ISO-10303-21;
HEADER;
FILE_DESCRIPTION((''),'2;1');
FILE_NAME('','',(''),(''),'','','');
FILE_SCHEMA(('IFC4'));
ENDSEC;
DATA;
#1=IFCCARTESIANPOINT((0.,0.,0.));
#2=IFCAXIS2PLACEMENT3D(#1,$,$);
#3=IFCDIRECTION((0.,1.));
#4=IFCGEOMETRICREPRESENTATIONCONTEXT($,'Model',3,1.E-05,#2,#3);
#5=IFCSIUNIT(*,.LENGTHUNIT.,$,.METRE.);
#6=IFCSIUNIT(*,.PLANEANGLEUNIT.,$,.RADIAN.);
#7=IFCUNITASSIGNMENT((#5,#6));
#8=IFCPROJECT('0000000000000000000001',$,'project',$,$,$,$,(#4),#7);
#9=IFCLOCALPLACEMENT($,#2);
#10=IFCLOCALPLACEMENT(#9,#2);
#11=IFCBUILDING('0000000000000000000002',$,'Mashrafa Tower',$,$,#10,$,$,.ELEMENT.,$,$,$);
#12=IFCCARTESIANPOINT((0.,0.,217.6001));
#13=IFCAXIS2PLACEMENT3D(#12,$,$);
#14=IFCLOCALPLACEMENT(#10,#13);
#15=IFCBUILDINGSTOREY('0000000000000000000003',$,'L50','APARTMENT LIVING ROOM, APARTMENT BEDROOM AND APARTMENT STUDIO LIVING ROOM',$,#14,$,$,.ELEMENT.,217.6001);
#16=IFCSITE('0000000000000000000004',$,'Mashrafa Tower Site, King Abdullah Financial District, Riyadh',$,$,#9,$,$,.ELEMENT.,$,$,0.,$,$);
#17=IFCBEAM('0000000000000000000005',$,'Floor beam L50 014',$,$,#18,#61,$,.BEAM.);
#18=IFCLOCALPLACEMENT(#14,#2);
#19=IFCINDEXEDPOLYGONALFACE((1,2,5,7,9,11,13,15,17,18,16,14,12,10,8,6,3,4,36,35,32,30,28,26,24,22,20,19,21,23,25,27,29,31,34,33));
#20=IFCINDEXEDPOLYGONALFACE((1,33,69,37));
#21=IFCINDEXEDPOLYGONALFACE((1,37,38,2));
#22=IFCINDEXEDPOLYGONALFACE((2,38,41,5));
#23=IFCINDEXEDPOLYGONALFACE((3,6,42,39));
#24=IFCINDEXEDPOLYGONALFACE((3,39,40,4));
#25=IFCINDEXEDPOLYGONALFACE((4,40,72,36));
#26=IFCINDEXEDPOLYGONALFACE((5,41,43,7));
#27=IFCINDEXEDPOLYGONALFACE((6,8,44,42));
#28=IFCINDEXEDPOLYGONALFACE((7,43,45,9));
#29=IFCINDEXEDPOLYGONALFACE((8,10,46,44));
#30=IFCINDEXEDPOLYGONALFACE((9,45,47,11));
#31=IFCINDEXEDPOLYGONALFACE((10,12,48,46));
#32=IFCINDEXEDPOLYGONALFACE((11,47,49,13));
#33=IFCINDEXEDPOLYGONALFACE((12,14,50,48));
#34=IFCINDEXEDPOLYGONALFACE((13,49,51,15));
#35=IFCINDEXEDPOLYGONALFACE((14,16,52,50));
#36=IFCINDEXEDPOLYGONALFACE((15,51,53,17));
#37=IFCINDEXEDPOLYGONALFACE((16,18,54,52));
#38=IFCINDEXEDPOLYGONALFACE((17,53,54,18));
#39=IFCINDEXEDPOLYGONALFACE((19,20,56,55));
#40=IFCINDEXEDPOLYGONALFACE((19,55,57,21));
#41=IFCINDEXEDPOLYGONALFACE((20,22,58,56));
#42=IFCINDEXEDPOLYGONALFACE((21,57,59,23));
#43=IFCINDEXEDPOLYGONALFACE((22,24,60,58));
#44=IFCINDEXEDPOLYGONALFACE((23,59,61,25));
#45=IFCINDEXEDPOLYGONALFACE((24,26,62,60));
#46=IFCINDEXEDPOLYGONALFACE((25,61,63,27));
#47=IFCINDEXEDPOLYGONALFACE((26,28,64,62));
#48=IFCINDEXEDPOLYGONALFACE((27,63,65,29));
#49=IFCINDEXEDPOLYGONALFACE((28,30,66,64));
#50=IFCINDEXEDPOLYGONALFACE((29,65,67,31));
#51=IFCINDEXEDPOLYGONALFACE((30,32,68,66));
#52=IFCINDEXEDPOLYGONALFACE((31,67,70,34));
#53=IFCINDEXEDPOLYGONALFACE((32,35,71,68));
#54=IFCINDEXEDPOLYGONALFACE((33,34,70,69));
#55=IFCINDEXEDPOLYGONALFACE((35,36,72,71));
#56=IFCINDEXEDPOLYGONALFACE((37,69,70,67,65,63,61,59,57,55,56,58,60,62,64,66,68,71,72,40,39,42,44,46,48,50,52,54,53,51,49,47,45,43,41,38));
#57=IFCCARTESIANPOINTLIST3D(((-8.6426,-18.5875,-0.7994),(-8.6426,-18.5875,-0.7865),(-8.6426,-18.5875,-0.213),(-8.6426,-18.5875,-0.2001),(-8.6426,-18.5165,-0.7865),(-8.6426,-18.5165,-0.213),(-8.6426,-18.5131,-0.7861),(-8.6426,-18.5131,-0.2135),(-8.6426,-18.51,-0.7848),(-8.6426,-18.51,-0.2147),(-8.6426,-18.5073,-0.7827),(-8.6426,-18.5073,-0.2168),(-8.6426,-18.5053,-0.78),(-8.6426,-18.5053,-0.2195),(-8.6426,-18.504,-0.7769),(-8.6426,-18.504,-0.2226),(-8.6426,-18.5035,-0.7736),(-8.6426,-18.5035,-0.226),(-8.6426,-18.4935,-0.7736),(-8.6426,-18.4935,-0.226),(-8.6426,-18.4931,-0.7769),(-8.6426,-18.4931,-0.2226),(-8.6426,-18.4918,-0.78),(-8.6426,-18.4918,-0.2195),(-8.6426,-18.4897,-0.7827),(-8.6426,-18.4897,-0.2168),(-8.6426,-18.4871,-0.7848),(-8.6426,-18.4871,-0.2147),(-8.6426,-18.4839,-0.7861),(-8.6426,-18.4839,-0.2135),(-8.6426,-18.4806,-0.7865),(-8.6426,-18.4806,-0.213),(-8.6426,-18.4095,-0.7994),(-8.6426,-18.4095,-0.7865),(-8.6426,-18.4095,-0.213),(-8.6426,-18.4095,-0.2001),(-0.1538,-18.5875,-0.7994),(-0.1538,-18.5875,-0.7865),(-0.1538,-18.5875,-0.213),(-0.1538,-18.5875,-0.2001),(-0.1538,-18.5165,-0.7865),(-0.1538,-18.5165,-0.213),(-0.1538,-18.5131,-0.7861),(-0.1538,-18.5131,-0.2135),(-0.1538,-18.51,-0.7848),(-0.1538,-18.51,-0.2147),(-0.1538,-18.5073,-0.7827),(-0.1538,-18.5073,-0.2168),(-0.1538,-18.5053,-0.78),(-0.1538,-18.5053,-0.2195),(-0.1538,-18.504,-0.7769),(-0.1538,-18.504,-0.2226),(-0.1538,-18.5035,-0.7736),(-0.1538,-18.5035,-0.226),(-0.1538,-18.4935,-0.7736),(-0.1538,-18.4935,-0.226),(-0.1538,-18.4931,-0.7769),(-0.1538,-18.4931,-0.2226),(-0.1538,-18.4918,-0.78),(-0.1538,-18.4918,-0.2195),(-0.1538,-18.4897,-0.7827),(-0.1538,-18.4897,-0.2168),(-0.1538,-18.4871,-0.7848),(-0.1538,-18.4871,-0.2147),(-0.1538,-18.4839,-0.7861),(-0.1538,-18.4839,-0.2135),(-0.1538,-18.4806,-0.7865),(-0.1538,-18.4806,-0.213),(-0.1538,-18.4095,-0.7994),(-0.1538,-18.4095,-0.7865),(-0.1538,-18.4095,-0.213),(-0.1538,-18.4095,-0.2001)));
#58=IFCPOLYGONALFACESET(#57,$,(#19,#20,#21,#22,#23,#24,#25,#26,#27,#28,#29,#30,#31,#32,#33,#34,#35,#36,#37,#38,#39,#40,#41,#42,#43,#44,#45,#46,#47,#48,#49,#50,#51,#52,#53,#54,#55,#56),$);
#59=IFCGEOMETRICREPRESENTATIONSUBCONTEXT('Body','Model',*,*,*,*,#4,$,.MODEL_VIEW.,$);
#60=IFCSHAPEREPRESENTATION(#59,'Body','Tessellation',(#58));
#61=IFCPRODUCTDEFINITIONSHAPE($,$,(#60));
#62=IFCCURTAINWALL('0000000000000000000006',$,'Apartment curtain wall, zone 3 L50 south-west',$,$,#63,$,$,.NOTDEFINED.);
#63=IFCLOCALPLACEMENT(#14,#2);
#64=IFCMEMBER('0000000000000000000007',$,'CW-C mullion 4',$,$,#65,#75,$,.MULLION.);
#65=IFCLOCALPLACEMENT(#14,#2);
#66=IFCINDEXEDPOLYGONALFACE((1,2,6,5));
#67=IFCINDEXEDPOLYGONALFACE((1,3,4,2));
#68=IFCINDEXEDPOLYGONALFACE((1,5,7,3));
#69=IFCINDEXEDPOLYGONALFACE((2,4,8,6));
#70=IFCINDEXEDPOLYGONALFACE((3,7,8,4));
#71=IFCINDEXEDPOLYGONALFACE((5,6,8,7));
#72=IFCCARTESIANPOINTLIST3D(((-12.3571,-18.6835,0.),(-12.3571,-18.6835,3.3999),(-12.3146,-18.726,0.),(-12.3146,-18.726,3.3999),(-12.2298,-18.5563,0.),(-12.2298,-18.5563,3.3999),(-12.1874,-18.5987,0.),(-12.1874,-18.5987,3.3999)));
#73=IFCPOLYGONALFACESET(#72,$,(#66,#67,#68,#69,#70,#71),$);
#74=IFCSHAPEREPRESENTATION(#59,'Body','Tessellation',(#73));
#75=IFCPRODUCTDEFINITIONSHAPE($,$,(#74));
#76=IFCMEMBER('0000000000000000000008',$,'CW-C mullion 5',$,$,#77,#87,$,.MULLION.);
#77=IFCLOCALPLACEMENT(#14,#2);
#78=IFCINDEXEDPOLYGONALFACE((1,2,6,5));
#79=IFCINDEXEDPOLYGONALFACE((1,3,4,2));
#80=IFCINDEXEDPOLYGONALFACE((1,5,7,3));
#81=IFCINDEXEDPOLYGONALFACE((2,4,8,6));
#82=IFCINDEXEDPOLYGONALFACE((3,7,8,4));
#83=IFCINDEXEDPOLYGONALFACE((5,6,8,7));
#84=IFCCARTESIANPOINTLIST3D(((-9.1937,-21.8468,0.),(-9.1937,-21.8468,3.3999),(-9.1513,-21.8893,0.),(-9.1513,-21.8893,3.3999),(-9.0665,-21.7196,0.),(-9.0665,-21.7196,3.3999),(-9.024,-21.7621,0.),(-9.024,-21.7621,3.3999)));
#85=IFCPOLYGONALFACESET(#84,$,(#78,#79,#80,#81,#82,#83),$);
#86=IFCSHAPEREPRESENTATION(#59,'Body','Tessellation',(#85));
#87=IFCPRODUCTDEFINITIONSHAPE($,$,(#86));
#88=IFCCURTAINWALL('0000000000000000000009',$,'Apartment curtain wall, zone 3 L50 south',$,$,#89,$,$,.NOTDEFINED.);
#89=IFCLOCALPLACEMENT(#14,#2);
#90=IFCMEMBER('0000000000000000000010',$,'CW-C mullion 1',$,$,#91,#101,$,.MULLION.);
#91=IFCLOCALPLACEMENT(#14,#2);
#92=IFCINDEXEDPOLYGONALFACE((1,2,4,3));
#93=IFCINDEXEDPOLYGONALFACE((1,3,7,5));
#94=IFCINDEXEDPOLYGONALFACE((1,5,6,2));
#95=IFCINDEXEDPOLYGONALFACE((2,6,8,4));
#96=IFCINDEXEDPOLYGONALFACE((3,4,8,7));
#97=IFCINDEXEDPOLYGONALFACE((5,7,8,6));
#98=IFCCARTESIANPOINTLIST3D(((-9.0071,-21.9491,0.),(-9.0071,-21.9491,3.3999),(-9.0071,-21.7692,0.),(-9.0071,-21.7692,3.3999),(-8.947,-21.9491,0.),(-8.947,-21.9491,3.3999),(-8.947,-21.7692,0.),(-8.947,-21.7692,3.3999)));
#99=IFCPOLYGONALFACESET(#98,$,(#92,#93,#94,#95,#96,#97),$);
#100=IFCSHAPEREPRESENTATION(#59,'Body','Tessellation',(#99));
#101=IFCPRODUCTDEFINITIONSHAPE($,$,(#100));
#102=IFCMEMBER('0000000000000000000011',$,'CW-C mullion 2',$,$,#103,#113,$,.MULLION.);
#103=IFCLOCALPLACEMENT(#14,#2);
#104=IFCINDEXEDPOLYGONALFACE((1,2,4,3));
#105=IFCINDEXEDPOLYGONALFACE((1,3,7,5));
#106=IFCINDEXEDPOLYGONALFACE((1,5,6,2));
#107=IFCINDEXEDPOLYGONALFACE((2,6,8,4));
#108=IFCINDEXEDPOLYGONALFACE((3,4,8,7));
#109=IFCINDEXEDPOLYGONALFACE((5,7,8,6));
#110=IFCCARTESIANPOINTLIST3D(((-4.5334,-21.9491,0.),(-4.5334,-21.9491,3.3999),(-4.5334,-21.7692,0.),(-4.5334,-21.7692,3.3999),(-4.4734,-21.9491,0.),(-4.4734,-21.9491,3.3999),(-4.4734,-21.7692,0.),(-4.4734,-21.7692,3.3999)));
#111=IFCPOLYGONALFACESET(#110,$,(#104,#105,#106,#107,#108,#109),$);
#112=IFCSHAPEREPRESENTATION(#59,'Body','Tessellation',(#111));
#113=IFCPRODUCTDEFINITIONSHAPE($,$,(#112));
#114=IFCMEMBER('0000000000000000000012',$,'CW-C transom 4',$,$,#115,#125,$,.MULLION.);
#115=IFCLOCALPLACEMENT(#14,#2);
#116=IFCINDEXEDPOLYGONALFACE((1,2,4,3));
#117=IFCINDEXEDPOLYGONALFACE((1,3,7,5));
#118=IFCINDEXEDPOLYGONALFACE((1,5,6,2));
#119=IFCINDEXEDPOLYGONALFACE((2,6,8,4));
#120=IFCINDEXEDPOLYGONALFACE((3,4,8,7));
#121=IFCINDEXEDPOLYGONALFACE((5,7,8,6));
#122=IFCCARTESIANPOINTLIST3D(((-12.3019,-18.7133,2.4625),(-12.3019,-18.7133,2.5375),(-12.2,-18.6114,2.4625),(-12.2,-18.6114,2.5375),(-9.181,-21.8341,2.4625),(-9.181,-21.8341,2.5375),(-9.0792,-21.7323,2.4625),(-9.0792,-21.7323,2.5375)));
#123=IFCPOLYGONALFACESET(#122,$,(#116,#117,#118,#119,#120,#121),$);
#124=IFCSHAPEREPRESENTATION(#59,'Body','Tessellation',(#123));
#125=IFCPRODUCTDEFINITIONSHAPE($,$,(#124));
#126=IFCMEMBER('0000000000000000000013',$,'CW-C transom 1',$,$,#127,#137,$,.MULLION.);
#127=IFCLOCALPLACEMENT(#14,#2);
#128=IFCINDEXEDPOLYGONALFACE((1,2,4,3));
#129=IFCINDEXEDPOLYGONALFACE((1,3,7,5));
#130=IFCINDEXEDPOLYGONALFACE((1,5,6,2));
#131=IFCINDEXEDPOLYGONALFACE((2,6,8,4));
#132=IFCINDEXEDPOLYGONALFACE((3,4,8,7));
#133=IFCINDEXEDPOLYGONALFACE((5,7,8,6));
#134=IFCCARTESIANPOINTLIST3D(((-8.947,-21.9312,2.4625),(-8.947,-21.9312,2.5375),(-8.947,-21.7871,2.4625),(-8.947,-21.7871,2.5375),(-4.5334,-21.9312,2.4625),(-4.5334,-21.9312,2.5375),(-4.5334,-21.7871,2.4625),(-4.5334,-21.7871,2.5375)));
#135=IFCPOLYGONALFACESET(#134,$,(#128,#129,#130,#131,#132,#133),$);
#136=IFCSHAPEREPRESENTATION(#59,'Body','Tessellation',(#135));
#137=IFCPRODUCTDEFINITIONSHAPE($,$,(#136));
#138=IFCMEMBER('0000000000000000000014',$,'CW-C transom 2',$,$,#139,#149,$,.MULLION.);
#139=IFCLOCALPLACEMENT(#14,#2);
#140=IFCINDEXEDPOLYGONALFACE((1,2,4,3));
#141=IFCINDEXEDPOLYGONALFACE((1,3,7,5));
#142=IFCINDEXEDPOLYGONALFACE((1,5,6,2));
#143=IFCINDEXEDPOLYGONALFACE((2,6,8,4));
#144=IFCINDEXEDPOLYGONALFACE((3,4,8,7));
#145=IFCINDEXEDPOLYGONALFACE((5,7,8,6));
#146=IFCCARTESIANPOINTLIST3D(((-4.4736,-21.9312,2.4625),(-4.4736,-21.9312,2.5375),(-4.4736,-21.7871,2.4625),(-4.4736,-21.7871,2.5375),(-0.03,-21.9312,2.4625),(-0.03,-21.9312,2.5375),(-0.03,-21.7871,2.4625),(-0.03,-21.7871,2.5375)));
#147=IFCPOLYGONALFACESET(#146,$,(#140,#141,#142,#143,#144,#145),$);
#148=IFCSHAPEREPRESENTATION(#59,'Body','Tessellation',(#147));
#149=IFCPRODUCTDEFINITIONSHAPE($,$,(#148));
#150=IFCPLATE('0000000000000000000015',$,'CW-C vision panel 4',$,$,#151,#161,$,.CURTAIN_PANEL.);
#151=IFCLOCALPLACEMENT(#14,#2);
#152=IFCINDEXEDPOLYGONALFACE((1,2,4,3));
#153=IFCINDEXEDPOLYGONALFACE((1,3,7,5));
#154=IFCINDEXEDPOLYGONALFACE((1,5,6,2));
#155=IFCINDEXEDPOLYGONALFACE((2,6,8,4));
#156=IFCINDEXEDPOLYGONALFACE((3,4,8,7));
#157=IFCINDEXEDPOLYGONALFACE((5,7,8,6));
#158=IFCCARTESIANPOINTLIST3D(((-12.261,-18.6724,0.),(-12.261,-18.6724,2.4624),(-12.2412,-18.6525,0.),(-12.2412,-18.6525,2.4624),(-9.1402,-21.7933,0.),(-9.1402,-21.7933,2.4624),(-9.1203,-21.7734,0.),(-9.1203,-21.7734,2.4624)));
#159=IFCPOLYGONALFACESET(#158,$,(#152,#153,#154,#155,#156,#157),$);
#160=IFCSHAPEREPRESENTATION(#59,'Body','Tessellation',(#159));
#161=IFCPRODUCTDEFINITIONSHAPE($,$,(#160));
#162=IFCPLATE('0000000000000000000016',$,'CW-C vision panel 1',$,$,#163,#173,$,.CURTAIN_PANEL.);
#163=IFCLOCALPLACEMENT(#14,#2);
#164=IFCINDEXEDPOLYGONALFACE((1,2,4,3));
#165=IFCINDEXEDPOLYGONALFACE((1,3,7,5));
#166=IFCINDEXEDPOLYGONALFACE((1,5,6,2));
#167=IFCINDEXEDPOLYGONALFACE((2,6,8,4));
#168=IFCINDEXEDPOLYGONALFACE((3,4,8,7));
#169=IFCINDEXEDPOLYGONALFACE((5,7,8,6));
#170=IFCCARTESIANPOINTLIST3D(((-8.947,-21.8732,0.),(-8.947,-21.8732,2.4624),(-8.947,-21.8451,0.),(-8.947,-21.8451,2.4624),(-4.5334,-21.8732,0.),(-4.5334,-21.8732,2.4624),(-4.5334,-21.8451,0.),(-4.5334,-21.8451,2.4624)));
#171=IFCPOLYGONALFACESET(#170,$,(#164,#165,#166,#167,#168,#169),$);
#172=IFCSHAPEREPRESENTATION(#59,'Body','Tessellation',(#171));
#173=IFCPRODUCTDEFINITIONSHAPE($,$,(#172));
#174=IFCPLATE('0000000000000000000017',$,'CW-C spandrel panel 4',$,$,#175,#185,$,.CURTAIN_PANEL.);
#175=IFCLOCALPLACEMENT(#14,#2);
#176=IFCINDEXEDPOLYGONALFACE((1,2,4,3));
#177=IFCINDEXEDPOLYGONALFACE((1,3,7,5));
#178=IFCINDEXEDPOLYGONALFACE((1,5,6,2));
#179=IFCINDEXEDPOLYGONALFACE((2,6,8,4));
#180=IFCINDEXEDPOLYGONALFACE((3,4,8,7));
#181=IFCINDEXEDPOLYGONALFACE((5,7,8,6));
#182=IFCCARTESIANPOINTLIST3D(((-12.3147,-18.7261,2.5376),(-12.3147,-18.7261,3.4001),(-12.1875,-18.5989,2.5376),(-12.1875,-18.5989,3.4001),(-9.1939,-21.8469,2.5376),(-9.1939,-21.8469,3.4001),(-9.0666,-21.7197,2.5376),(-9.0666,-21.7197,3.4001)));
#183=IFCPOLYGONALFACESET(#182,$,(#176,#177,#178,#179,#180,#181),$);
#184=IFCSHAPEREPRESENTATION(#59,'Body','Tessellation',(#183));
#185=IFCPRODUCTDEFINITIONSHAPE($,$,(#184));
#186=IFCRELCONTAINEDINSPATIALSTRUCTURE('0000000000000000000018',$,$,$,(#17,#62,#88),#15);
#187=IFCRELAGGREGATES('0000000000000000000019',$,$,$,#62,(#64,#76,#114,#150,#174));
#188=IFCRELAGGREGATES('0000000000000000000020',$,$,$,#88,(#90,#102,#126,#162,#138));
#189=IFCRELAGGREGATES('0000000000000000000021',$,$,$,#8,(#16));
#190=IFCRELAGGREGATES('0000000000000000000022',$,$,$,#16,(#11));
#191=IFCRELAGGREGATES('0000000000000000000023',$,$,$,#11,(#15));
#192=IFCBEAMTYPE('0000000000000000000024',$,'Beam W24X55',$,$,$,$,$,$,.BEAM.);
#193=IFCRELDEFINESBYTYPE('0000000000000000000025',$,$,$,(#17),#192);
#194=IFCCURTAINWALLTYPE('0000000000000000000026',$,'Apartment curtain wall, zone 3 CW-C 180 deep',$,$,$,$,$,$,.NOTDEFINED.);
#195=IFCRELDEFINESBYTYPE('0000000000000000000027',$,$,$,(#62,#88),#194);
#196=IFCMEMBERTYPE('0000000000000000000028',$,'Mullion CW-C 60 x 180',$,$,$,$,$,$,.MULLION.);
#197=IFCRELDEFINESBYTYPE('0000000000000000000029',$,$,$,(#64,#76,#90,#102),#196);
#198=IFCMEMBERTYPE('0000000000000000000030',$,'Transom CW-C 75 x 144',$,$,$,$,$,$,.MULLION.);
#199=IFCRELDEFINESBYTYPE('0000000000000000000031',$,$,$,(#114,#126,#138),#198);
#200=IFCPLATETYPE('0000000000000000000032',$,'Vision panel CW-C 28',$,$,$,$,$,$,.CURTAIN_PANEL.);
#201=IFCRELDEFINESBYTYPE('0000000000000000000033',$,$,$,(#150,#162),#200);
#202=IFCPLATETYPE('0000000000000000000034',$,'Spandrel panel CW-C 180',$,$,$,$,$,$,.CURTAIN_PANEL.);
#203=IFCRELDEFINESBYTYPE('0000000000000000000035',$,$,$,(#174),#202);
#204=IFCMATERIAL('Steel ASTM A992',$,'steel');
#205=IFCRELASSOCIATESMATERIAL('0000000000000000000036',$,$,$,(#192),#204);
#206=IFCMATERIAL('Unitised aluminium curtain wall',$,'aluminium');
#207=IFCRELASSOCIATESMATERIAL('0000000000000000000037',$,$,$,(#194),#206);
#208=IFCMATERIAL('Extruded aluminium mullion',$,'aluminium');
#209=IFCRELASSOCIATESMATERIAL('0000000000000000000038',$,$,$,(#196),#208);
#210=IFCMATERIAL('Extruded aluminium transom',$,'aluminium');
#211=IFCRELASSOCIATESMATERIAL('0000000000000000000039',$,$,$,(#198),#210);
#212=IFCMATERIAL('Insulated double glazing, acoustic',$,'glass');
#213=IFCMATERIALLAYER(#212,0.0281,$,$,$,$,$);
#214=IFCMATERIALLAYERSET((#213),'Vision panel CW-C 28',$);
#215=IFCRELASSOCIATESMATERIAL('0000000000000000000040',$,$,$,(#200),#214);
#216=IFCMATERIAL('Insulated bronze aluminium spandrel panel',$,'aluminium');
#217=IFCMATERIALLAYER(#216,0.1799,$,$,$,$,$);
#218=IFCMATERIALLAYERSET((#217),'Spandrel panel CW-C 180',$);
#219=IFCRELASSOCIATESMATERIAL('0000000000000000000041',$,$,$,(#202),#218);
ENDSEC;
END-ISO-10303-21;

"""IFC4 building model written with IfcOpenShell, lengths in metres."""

from ifc_helpers import new_model, si_unit, direction, frame, origin, origin_2d, place, context, subcontext, project, spatial, rectangle, i_section, extrude, source, transform, mapped, material, layer, layer_set, material_profile, profile_set, type_object, type_shapes, element, aggregate, save


model = new_model("IFC4")

# Units and contexts
model_context = context("Model", 3, precision=1e-05, world=origin(), true_north=direction((0.0, 1.0)))
body_context = subcontext(model_context, "Body", "Model", "MODEL_VIEW")
ifc_project = project(units=[si_unit("LENGTHUNIT", "METRE"), si_unit("PLANEANGLEUNIT", "RADIAN")], contexts=[model_context])

# Site, building, storey
site_placement = place(None, origin())
site = spatial("IfcSite", under=ifc_project, at=site_placement, Name="Mashrafa Tower Site, King Abdullah Financial District, Riyadh", CompositionType="ELEMENT", RefElevation=0.0)
building_placement = place(site_placement, origin())
building = spatial("IfcBuilding", under=site, at=building_placement, Name="Mashrafa Tower", CompositionType="ELEMENT")
storey_placement = place(building_placement, frame((0.0, 0.0, 217.6001)))
storey = spatial("IfcBuildingStorey", under=building, at=storey_placement, Name="L50", Description="APARTMENT LIVING ROOM, APARTMENT BEDROOM AND APARTMENT STUDIO LIVING ROOM", CompositionType="ELEMENT", Elevation=217.6001)

# Beam
ifc_material_1 = material(Name="Steel ASTM A992", Category="steel")
ifc_material_profile_1 = material_profile(ifc_material_1, i_section(OverallWidth=0.178, OverallDepth=0.5994, WebThickness=0.01, FlangeThickness=0.0129, FilletRadius=0.0129, at=origin_2d()), Name="W24X55")
ifc_profile_set_1 = profile_set([ifc_material_profile_1], Name="Steel ASTM A992")
beam_type_1 = type_object("IfcBeamType", Name="Beam W24X55", PredefinedType="BEAM", material=ifc_profile_set_1)
beam_1_placement = place(storey_placement, frame((-0.1538, -18.4985, -0.4998), z_axis=(-1.0, 0.0, 0.0), x_axis=(0.0, -1.0, 0.0)))
element("IfcBeam", 1, at=beam_1_placement, inside=storey, type_object=beam_type_1, Name="Floor beam L50 014", PredefinedType="BEAM", context=body_context, shape_type="SweptSolid", body=[
    extrude(i_section(OverallWidth=0.178, OverallDepth=0.5994, WebThickness=0.01, FlangeThickness=0.0129, FilletRadius=0.0129, at=origin_2d()), origin(), (0.0, 0.0, 1.0), 8.4888),
])

# Curtain walls, members
ifc_material_2 = material(Name="Unitised aluminium curtain wall", Category="aluminium")
curtain_wall_type = type_object("IfcCurtainWallType", Name="Apartment curtain wall, zone 3 CW-C 180 deep", PredefinedType="NOTDEFINED", material=ifc_material_2)
curtain_wall_1_placement = place(storey_placement, origin())
curtain_wall_1 = element("IfcCurtainWall", 2, at=curtain_wall_1_placement, inside=storey, type_object=curtain_wall_type, Name="Apartment curtain wall, zone 3 L50 south-west", PredefinedType="NOTDEFINED")
ifc_material_3 = material(Name="Extruded aluminium mullion", Category="aluminium")
ifc_material_profile_2 = material_profile(ifc_material_3, rectangle(XDim=0.1799, YDim=0.0601, at=origin_2d()), Name="Mullion 60x180")
ifc_profile_set_2 = profile_set([ifc_material_profile_2], Name="Extruded aluminium mullion")
member_type_1 = type_object("IfcMemberType", Name="Mullion CW-C 60 x 180", PredefinedType="MULLION", material=ifc_profile_set_2)
shared_shape_1 = source(origin(), body_context, "Body", "SweptSolid", [
    extrude(rectangle(XDim=0.1799, YDim=0.0601, at=origin_2d()), origin(), (0.0, 0.0, 1.0), 3.3999),
])
type_shapes(member_type_1, [shared_shape_1])
member_1_placement = place(storey_placement, frame((-12.2722, -18.6411, 0.0), z_axis=(0.0, 0.0, 1.0), x_axis=(0.707107, 0.707107, 0.0)))
member_1 = element("IfcMember", 3, at=member_1_placement, type_object=member_type_1, Name="CW-C mullion 4", PredefinedType="MULLION", context=body_context, shape_type="MappedRepresentation", body=[
    mapped(shared_shape_1, transform((0.0, 0.0, 0.0))),
])
member_2_placement = place(storey_placement, frame((-9.1089, -21.8044, 0.0), z_axis=(0.0, 0.0, 1.0), x_axis=(0.707107, 0.707107, 0.0)))
member_2 = element("IfcMember", 4, at=member_2_placement, type_object=member_type_1, Name="CW-C mullion 5", PredefinedType="MULLION", context=body_context, shape_type="MappedRepresentation", body=[
    mapped(shared_shape_1, transform((0.0, 0.0, 0.0))),
])
curtain_wall_2_placement = place(storey_placement, origin())
curtain_wall_2 = element("IfcCurtainWall", 5, at=curtain_wall_2_placement, inside=storey, type_object=curtain_wall_type, Name="Apartment curtain wall, zone 3 L50 south", PredefinedType="NOTDEFINED")
member_3_placement = place(storey_placement, frame((-8.9771, -21.8591, 0.0), z_axis=(0.0, 0.0, 1.0), x_axis=(0.0, 1.0, 0.0)))
member_3 = element("IfcMember", 6, at=member_3_placement, type_object=member_type_1, Name="CW-C mullion 1", PredefinedType="MULLION", context=body_context, shape_type="MappedRepresentation", body=[
    mapped(shared_shape_1, transform((0.0, 0.0, 0.0))),
])
member_4_placement = place(storey_placement, frame((-4.5034, -21.8591, 0.0), z_axis=(0.0, 0.0, 1.0), x_axis=(0.0, 1.0, 0.0)))
member_4 = element("IfcMember", 7, at=member_4_placement, type_object=member_type_1, Name="CW-C mullion 2", PredefinedType="MULLION", context=body_context, shape_type="MappedRepresentation", body=[
    mapped(shared_shape_1, transform((0.0, 0.0, 0.0))),
])

# Members
ifc_material_4 = material(Name="Extruded aluminium transom", Category="aluminium")
ifc_material_profile_3 = material_profile(ifc_material_4, rectangle(XDim=0.144, YDim=0.075, at=origin_2d()), Name="Transom 75x144")
ifc_profile_set_3 = profile_set([ifc_material_profile_3], Name="Extruded aluminium transom")
member_type_2 = type_object("IfcMemberType", Name="Transom CW-C 75 x 144", PredefinedType="MULLION", material=ifc_profile_set_3)
shared_shape_2 = source(origin(), body_context, "Body", "SweptSolid", [
    extrude(rectangle(XDim=0.144, YDim=0.075, at=origin_2d()), origin(), (0.0, 0.0, 1.0), 4.4136),
])
member_5_placement = place(storey_placement, frame((-12.251, -18.6624, 2.5), z_axis=(0.707107, -0.707107, 0.0), x_axis=(0.707107, 0.707107, 0.0)))
member_5 = element("IfcMember", 8, at=member_5_placement, type_object=member_type_2, Name="CW-C transom 4", PredefinedType="MULLION", context=body_context, shape_type="MappedRepresentation", body=[
    mapped(shared_shape_2, transform((0.0, 0.0, 0.0))),
])
member_6_placement = place(storey_placement, frame((-8.947, -21.8591, 2.5), z_axis=(1.0, 0.0, 0.0), x_axis=(0.0, 1.0, 0.0)))
member_6 = element("IfcMember", 9, at=member_6_placement, type_object=member_type_2, Name="CW-C transom 1", PredefinedType="MULLION", context=body_context, shape_type="MappedRepresentation", body=[
    mapped(shared_shape_2, transform((0.0, 0.0, 0.0))),
])
shared_shape_3 = source(origin(), body_context, "Body", "SweptSolid", [
    extrude(rectangle(XDim=0.144, YDim=0.075, at=origin_2d()), origin(), (0.0, 0.0, 1.0), 4.4436),
])
type_shapes(member_type_2, [shared_shape_2, shared_shape_3])
member_7_placement = place(storey_placement, frame((-4.4736, -21.8591, 2.5), z_axis=(1.0, 0.0, 0.0), x_axis=(0.0, 1.0, 0.0)))
member_7 = element("IfcMember", 10, at=member_7_placement, type_object=member_type_2, Name="CW-C transom 2", PredefinedType="MULLION", context=body_context, shape_type="MappedRepresentation", body=[
    mapped(shared_shape_3, transform((0.0, 0.0, 0.0))),
])

# Plates
ifc_material_5 = material(Name="Insulated double glazing, acoustic", Category="glass")
ifc_layer_1 = layer(ifc_material_5, 0.0281)
ifc_layer_set_1 = layer_set([ifc_layer_1], Name="Vision panel CW-C 28")
plate_type_1 = type_object("IfcPlateType", Name="Vision panel CW-C 28", PredefinedType="CURTAIN_PANEL", material=ifc_layer_set_1)
shared_shape_4 = source(origin(), body_context, "Body", "SweptSolid", [
    extrude(rectangle(XDim=4.4136, YDim=0.0281, at=origin_2d()), origin(), (0.0, 0.0, 1.0), 2.4624),
])
plate_1_placement = place(storey_placement, frame((-10.6907, -20.2229, 0.0), z_axis=(0.0, 0.0, 1.0), x_axis=(0.707107, -0.707107, 0.0)))
plate_1 = element("IfcPlate", 11, at=plate_1_placement, type_object=plate_type_1, Name="CW-C vision panel 4", PredefinedType="CURTAIN_PANEL", context=body_context, shape_type="MappedRepresentation", body=[
    mapped(shared_shape_4, transform((0.0, 0.0, 0.0))),
])
plate_2_placement = place(storey_placement, frame((-6.7402, -21.8591, 0.0), z_axis=(0.0, 0.0, 1.0), x_axis=(1.0, 0.0, 0.0)))
plate_2 = element("IfcPlate", 12, at=plate_2_placement, type_object=plate_type_1, Name="CW-C vision panel 1", PredefinedType="CURTAIN_PANEL", context=body_context, shape_type="MappedRepresentation", body=[
    mapped(shared_shape_4, transform((0.0, 0.0, 0.0))),
])
ifc_material_6 = material(Name="Insulated bronze aluminium spandrel panel", Category="aluminium")
ifc_layer_2 = layer(ifc_material_6, 0.1799)
ifc_layer_set_2 = layer_set([ifc_layer_2], Name="Spandrel panel CW-C 180")
plate_type_2 = type_object("IfcPlateType", Name="Spandrel panel CW-C 180", PredefinedType="CURTAIN_PANEL", material=ifc_layer_set_2)
shared_shape_5 = source(origin(), body_context, "Body", "SweptSolid", [
    extrude(rectangle(XDim=4.4136, YDim=0.1799, at=origin_2d()), origin(), (0.0, 0.0, 1.0), 0.8625),
])
plate_3_placement = place(storey_placement, frame((-10.6907, -20.2229, 2.5376), z_axis=(0.0, 0.0, 1.0), x_axis=(0.707107, -0.707107, 0.0)))
plate_3 = element("IfcPlate", 13, at=plate_3_placement, type_object=plate_type_2, Name="CW-C spandrel panel 4", PredefinedType="CURTAIN_PANEL", context=body_context, shape_type="MappedRepresentation", body=[
    mapped(shared_shape_5, transform((0.0, 0.0, 0.0))),
])
aggregate(curtain_wall_1, [member_1, member_2, member_5, plate_1, plate_3])
aggregate(curtain_wall_2, [member_3, member_4, member_6, plate_2, member_7])

save(model, "model.ifc")
